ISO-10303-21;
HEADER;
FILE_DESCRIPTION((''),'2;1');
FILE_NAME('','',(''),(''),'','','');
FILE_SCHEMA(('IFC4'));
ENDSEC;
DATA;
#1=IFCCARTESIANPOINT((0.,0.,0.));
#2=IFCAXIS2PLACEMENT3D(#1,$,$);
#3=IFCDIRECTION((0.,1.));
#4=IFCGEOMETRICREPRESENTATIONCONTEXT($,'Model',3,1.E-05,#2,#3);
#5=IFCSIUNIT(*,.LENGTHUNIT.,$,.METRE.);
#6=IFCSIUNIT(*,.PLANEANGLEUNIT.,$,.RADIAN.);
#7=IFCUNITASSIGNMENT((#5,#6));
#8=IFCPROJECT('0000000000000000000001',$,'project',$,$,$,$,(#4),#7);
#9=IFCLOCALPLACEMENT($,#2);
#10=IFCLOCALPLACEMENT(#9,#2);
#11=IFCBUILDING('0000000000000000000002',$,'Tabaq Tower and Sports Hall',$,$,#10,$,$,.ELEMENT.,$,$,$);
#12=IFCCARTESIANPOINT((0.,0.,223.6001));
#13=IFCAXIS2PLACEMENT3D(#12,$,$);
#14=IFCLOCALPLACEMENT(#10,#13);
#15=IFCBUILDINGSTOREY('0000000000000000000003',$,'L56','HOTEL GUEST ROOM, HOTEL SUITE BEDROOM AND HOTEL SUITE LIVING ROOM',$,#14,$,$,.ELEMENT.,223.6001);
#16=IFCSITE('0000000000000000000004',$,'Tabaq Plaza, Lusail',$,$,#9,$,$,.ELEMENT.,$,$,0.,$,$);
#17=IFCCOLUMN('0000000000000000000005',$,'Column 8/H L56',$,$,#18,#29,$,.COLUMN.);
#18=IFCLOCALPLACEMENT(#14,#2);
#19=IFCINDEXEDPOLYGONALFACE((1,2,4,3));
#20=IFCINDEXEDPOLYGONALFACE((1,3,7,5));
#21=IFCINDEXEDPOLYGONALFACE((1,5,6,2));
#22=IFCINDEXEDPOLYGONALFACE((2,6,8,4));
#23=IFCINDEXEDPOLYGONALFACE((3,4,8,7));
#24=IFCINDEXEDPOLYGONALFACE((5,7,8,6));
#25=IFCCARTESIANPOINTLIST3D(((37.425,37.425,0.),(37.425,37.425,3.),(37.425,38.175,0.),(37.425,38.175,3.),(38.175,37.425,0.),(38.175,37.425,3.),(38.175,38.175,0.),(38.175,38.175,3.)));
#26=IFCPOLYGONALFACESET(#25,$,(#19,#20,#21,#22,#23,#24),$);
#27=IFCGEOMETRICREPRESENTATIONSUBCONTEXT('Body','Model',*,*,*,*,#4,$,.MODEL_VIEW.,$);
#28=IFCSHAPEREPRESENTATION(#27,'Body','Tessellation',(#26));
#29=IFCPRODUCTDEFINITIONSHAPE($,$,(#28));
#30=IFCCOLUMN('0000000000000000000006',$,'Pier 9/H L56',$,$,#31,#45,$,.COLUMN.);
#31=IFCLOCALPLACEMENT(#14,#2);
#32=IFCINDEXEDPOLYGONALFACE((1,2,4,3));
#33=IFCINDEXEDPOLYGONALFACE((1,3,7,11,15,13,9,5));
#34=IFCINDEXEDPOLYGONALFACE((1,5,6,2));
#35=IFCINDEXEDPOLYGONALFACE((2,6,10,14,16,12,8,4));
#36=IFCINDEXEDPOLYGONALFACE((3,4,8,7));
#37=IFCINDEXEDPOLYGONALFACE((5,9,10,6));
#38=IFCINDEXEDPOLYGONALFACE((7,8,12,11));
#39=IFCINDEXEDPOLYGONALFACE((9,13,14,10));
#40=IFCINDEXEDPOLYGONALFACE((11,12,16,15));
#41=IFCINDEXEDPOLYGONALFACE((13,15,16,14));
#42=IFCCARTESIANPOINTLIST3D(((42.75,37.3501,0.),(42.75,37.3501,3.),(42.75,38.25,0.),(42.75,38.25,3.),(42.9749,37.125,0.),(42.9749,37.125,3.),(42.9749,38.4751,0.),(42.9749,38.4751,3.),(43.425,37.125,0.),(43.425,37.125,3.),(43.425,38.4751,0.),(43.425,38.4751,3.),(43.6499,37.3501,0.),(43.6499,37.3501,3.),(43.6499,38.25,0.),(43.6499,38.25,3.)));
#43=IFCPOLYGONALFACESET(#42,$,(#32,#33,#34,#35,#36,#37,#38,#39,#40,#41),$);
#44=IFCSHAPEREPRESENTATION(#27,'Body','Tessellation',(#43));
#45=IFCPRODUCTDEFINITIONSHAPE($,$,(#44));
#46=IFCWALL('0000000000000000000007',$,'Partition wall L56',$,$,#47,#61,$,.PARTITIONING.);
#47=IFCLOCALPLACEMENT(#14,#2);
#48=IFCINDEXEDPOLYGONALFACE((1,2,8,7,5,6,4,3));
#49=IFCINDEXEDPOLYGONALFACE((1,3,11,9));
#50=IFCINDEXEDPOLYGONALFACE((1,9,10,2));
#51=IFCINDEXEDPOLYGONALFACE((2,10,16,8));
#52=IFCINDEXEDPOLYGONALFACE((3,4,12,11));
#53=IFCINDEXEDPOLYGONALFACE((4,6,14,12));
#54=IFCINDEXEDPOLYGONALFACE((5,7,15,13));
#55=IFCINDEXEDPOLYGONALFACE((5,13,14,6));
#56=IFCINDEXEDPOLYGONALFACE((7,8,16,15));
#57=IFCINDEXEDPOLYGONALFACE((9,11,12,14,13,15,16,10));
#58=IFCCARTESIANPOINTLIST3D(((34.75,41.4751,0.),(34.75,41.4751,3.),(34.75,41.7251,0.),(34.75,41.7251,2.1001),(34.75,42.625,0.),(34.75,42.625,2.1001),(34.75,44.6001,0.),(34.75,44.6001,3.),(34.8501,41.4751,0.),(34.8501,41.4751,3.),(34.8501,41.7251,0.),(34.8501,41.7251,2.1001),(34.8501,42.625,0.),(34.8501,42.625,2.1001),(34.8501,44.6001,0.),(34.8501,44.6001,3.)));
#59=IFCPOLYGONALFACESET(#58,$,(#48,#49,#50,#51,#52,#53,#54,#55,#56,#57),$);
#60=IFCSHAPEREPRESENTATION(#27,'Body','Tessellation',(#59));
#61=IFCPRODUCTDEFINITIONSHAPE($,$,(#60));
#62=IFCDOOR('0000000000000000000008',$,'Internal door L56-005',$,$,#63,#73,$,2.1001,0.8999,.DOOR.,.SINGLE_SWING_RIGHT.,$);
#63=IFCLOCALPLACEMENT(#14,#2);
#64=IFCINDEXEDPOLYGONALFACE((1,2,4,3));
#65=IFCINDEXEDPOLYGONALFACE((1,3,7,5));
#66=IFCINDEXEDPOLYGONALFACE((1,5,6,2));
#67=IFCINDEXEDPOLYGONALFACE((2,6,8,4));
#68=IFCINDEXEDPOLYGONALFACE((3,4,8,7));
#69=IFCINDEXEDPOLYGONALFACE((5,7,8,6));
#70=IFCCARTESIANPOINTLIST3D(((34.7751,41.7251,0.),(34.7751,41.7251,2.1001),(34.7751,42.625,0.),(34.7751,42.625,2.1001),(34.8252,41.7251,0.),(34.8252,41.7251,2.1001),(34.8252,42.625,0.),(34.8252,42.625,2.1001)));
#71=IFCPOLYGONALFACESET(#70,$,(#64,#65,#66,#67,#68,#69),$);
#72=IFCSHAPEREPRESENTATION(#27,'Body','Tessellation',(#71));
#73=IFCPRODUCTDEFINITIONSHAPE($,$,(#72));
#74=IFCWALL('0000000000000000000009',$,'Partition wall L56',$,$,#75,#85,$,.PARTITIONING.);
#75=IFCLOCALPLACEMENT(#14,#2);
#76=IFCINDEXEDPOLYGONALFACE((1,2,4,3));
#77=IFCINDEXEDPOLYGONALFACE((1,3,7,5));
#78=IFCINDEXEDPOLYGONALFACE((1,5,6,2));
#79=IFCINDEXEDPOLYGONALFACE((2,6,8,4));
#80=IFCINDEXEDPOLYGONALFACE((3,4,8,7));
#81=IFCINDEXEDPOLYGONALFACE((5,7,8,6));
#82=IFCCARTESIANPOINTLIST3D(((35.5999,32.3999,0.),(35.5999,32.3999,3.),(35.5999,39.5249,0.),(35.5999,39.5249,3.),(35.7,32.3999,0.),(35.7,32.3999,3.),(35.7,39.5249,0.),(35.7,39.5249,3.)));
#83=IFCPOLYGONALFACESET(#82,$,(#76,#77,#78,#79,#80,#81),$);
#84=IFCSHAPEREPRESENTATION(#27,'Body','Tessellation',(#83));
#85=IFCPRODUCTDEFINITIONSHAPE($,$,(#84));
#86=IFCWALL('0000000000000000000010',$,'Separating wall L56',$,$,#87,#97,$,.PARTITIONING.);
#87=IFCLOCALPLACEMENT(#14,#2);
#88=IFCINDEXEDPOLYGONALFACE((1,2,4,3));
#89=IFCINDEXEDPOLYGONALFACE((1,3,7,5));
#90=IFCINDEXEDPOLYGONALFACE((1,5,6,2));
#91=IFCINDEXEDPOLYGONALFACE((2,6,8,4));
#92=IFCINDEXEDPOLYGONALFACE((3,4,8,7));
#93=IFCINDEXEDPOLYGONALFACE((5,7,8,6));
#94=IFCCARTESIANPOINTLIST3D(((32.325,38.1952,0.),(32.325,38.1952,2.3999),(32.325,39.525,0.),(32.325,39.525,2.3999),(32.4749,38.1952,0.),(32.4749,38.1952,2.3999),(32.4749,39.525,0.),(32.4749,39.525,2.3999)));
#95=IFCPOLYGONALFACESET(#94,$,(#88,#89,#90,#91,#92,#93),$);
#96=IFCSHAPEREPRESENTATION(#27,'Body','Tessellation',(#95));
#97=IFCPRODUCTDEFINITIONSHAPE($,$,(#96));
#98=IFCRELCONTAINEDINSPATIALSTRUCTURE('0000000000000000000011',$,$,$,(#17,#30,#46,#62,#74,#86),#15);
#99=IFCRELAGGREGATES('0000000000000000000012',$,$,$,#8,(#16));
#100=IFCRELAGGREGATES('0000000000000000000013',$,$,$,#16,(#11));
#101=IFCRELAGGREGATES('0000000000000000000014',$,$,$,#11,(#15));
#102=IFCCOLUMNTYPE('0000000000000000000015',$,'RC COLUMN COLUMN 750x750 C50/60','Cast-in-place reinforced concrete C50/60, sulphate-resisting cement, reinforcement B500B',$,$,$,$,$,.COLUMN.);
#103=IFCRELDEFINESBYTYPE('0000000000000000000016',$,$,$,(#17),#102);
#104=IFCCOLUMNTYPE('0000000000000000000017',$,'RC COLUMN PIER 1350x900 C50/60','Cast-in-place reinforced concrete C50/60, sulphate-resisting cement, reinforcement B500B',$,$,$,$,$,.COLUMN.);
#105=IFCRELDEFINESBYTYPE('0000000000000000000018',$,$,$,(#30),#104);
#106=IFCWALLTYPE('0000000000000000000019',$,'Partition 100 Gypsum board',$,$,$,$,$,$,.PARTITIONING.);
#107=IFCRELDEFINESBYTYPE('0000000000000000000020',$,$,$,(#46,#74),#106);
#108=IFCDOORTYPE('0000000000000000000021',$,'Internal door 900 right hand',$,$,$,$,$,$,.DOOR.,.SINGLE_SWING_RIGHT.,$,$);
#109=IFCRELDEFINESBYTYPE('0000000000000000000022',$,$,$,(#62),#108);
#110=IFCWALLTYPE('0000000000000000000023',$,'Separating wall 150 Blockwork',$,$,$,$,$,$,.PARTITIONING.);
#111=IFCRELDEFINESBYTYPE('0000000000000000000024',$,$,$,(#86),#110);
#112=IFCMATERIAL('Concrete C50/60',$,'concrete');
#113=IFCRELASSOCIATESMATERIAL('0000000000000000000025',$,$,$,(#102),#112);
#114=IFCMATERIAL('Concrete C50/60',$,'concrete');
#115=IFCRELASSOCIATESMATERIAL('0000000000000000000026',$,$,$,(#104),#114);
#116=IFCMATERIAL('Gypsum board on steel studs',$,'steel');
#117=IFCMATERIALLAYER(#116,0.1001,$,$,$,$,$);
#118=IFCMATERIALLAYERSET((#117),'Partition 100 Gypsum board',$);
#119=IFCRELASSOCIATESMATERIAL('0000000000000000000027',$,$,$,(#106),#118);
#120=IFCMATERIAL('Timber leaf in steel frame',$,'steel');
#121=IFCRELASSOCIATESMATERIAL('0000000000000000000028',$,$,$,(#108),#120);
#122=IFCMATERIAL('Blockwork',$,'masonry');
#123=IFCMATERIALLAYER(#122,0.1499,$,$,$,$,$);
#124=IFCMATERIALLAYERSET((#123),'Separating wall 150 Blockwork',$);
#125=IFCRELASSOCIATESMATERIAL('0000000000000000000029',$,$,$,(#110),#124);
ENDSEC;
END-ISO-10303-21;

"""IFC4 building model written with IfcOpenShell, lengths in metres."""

from ifc_helpers import new_model, si_unit, direction, frame, frame_2d, origin, origin_2d, place, context, subcontext, project, spatial, polyline, rectangle, outline, extrude, material, layer, layer_set, material_profile, profile_set, type_object, element, fill, save


model = new_model("IFC4")

# Units and contexts
model_context = context("Model", 3, precision=1e-05, world=origin(), true_north=direction((0.0, 1.0)))
body_context = subcontext(model_context, "Body", "Model", "MODEL_VIEW")
ifc_project = project(units=[si_unit("LENGTHUNIT", "METRE"), si_unit("PLANEANGLEUNIT", "RADIAN")], contexts=[model_context])

# Site, building, storey
site_placement = place(None, origin())
site = spatial("IfcSite", under=ifc_project, at=site_placement, Name="Tabaq Plaza, Lusail", CompositionType="ELEMENT", RefElevation=0.0)
building_placement = place(site_placement, origin())
building = spatial("IfcBuilding", under=site, at=building_placement, Name="Tabaq Tower and Sports Hall", CompositionType="ELEMENT")
storey_placement = place(building_placement, frame((0.0, 0.0, 223.6001)))
storey = spatial("IfcBuildingStorey", under=building, at=storey_placement, Name="L56", Description="HOTEL GUEST ROOM, HOTEL SUITE BEDROOM AND HOTEL SUITE LIVING ROOM", CompositionType="ELEMENT", Elevation=223.6001)

# Columns
ifc_material_1 = material(Name="Concrete C50/60", Category="concrete")
ifc_material_profile_1 = material_profile(ifc_material_1, rectangle(XDim=0.75, YDim=0.75, at=origin_2d()), Name="COLUMN 750x750")
ifc_profile_set_1 = profile_set([ifc_material_profile_1], Name="Concrete C50/60")
column_type_1 = type_object("IfcColumnType", Name="RC COLUMN COLUMN 750x750 C50/60", Description="Cast-in-place reinforced concrete C50/60, sulphate-resisting cement, reinforcement B500B", PredefinedType="COLUMN", material=ifc_profile_set_1)
column_1_placement = place(storey_placement, frame((37.8, 37.8, 0.0), z_axis=(0.0, 0.0, 1.0), x_axis=(1.0, 0.0, 0.0)))
element("IfcColumn", 1, at=column_1_placement, inside=storey, type_object=column_type_1, Name="Column 8/H L56", PredefinedType="COLUMN", context=body_context, shape_type="SweptSolid", body=[
    extrude(rectangle(XDim=0.75, YDim=0.75, at=origin_2d()), origin(), (0.0, 0.0, 1.0), 3.0),
])
ifc_material_2 = material(Name="Concrete C50/60", Category="concrete")
ifc_material_profile_2 = material_profile(ifc_material_2, outline(polyline([(-0.45, -0.45), (0.45, -0.45), (0.675, -0.2251), (0.675, 0.2251), (0.45, 0.45), (-0.45, 0.45), (-0.675, 0.2251), (-0.675, -0.2251), (-0.45, -0.45)])), Name="PIER 1350x900")
ifc_profile_set_2 = profile_set([ifc_material_profile_2], Name="Concrete C50/60")
column_type_2 = type_object("IfcColumnType", Name="RC COLUMN PIER 1350x900 C50/60", Description="Cast-in-place reinforced concrete C50/60, sulphate-resisting cement, reinforcement B500B", PredefinedType="COLUMN", material=ifc_profile_set_2)
column_2_placement = place(storey_placement, frame((43.2, 37.8, 0.0), z_axis=(0.0, 0.0, 1.0), x_axis=(0.0, 1.0, 0.0)))
element("IfcColumn", 2, at=column_2_placement, inside=storey, type_object=column_type_2, Name="Pier 9/H L56", PredefinedType="COLUMN", context=body_context, shape_type="SweptSolid", body=[
    extrude(outline(polyline([(-0.45, -0.45), (0.45, -0.45), (0.675, -0.2251), (0.675, 0.2251), (0.45, 0.45), (-0.45, 0.45), (-0.675, 0.2251), (-0.675, -0.2251), (-0.45, -0.45)])), origin(), (0.0, 0.0, 1.0), 3.0),
])

# Wall, opening, door
ifc_material_3 = material(Name="Gypsum board on steel studs", Category="steel")
ifc_layer_1 = layer(ifc_material_3, 0.1001)
ifc_layer_set_1 = layer_set([ifc_layer_1], Name="Partition 100 Gypsum board")
wall_type_1 = type_object("IfcWallType", Name="Partition 100 Gypsum board", PredefinedType="PARTITIONING", material=ifc_layer_set_1)
wall_1_placement = place(storey_placement, frame((34.8, 41.4751, 0.0), z_axis=(0.0, 0.0, 1.0), x_axis=(0.0, 1.0, 0.0)))
wall_1 = element("IfcWall", 3, at=wall_1_placement, inside=storey, type_object=wall_type_1, Name="Partition wall L56", PredefinedType="PARTITIONING", context=body_context, shape_type="SweptSolid", body=[
    extrude(rectangle(XDim=3.125, YDim=0.1001, at=frame_2d((1.5625, 0.0))), origin(), (0.0, 0.0, 1.0), 3.0),
])
opening_1_placement = place(wall_1_placement, frame((0.25, 0.0, 0.0)))
opening_1 = element("IfcOpeningElement", 4, at=opening_1_placement, cuts=wall_1, PredefinedType="OPENING", context=body_context, shape_type="SweptSolid", body=[
    extrude(rectangle(XDim=0.8999, YDim=2.1001, at=frame_2d((0.45, 1.05))), frame((0.0, 0.05, 0.0), z_axis=(0.0, -1.0, 0.0), x_axis=(1.0, 0.0, 0.0)), (0.0, 0.0, 1.0), 0.1001),
])
ifc_material_4 = material(Name="Timber leaf in steel frame", Category="steel")
door_type_1 = type_object("IfcDoorType", Name="Internal door 900 right hand", OperationType="SINGLE_SWING_RIGHT", PredefinedType="DOOR", material=ifc_material_4)
door_1_placement = place(opening_1_placement, origin())
door_1 = element("IfcDoor", 5, at=door_1_placement, inside=storey, type_object=door_type_1, Name="Internal door L56-005", OperationType="SINGLE_SWING_RIGHT", OverallHeight=2.1001, OverallWidth=0.8999, PredefinedType="DOOR", context=body_context, shape_type="SweptSolid", body=[
    extrude(rectangle(XDim=0.8999, YDim=2.1001, at=frame_2d((0.45, 1.05))), frame((0.0, 0.0249, 0.0), z_axis=(0.0, -1.0, 0.0), x_axis=(1.0, 0.0, 0.0)), (0.0, 0.0, 1.0), 0.05),
])
fill(opening_1, door_1)

# Walls
wall_2_placement = place(storey_placement, frame((35.6499, 39.5249, 0.0), z_axis=(0.0, 0.0, 1.0), x_axis=(0.0, -1.0, 0.0)))
element("IfcWall", 6, at=wall_2_placement, inside=storey, type_object=wall_type_1, Name="Partition wall L56", PredefinedType="PARTITIONING", context=body_context, shape_type="SweptSolid", body=[
    extrude(rectangle(XDim=7.125, YDim=0.1001, at=frame_2d((3.5625, 0.0))), origin(), (0.0, 0.0, 1.0), 3.0),
])
ifc_material_5 = material(Name="Blockwork", Category="masonry")
ifc_layer_2 = layer(ifc_material_5, 0.1499)
ifc_layer_set_2 = layer_set([ifc_layer_2], Name="Separating wall 150 Blockwork")
wall_type_2 = type_object("IfcWallType", Name="Separating wall 150 Blockwork", PredefinedType="PARTITIONING", material=ifc_layer_set_2)
wall_3_placement = place(storey_placement, frame((32.3999, 38.1951, 0.0), z_axis=(0.0, 0.0, 1.0), x_axis=(0.0, 1.0, 0.0)))
element("IfcWall", 7, at=wall_3_placement, inside=storey, type_object=wall_type_2, Name="Separating wall L56", PredefinedType="PARTITIONING", context=body_context, shape_type="SweptSolid", body=[
    extrude(rectangle(XDim=1.3298, YDim=0.1499, at=frame_2d((0.665, 0.0))), origin(), (0.0, 0.0, 1.0), 2.3999),
])

save(model, "model.ifc")
